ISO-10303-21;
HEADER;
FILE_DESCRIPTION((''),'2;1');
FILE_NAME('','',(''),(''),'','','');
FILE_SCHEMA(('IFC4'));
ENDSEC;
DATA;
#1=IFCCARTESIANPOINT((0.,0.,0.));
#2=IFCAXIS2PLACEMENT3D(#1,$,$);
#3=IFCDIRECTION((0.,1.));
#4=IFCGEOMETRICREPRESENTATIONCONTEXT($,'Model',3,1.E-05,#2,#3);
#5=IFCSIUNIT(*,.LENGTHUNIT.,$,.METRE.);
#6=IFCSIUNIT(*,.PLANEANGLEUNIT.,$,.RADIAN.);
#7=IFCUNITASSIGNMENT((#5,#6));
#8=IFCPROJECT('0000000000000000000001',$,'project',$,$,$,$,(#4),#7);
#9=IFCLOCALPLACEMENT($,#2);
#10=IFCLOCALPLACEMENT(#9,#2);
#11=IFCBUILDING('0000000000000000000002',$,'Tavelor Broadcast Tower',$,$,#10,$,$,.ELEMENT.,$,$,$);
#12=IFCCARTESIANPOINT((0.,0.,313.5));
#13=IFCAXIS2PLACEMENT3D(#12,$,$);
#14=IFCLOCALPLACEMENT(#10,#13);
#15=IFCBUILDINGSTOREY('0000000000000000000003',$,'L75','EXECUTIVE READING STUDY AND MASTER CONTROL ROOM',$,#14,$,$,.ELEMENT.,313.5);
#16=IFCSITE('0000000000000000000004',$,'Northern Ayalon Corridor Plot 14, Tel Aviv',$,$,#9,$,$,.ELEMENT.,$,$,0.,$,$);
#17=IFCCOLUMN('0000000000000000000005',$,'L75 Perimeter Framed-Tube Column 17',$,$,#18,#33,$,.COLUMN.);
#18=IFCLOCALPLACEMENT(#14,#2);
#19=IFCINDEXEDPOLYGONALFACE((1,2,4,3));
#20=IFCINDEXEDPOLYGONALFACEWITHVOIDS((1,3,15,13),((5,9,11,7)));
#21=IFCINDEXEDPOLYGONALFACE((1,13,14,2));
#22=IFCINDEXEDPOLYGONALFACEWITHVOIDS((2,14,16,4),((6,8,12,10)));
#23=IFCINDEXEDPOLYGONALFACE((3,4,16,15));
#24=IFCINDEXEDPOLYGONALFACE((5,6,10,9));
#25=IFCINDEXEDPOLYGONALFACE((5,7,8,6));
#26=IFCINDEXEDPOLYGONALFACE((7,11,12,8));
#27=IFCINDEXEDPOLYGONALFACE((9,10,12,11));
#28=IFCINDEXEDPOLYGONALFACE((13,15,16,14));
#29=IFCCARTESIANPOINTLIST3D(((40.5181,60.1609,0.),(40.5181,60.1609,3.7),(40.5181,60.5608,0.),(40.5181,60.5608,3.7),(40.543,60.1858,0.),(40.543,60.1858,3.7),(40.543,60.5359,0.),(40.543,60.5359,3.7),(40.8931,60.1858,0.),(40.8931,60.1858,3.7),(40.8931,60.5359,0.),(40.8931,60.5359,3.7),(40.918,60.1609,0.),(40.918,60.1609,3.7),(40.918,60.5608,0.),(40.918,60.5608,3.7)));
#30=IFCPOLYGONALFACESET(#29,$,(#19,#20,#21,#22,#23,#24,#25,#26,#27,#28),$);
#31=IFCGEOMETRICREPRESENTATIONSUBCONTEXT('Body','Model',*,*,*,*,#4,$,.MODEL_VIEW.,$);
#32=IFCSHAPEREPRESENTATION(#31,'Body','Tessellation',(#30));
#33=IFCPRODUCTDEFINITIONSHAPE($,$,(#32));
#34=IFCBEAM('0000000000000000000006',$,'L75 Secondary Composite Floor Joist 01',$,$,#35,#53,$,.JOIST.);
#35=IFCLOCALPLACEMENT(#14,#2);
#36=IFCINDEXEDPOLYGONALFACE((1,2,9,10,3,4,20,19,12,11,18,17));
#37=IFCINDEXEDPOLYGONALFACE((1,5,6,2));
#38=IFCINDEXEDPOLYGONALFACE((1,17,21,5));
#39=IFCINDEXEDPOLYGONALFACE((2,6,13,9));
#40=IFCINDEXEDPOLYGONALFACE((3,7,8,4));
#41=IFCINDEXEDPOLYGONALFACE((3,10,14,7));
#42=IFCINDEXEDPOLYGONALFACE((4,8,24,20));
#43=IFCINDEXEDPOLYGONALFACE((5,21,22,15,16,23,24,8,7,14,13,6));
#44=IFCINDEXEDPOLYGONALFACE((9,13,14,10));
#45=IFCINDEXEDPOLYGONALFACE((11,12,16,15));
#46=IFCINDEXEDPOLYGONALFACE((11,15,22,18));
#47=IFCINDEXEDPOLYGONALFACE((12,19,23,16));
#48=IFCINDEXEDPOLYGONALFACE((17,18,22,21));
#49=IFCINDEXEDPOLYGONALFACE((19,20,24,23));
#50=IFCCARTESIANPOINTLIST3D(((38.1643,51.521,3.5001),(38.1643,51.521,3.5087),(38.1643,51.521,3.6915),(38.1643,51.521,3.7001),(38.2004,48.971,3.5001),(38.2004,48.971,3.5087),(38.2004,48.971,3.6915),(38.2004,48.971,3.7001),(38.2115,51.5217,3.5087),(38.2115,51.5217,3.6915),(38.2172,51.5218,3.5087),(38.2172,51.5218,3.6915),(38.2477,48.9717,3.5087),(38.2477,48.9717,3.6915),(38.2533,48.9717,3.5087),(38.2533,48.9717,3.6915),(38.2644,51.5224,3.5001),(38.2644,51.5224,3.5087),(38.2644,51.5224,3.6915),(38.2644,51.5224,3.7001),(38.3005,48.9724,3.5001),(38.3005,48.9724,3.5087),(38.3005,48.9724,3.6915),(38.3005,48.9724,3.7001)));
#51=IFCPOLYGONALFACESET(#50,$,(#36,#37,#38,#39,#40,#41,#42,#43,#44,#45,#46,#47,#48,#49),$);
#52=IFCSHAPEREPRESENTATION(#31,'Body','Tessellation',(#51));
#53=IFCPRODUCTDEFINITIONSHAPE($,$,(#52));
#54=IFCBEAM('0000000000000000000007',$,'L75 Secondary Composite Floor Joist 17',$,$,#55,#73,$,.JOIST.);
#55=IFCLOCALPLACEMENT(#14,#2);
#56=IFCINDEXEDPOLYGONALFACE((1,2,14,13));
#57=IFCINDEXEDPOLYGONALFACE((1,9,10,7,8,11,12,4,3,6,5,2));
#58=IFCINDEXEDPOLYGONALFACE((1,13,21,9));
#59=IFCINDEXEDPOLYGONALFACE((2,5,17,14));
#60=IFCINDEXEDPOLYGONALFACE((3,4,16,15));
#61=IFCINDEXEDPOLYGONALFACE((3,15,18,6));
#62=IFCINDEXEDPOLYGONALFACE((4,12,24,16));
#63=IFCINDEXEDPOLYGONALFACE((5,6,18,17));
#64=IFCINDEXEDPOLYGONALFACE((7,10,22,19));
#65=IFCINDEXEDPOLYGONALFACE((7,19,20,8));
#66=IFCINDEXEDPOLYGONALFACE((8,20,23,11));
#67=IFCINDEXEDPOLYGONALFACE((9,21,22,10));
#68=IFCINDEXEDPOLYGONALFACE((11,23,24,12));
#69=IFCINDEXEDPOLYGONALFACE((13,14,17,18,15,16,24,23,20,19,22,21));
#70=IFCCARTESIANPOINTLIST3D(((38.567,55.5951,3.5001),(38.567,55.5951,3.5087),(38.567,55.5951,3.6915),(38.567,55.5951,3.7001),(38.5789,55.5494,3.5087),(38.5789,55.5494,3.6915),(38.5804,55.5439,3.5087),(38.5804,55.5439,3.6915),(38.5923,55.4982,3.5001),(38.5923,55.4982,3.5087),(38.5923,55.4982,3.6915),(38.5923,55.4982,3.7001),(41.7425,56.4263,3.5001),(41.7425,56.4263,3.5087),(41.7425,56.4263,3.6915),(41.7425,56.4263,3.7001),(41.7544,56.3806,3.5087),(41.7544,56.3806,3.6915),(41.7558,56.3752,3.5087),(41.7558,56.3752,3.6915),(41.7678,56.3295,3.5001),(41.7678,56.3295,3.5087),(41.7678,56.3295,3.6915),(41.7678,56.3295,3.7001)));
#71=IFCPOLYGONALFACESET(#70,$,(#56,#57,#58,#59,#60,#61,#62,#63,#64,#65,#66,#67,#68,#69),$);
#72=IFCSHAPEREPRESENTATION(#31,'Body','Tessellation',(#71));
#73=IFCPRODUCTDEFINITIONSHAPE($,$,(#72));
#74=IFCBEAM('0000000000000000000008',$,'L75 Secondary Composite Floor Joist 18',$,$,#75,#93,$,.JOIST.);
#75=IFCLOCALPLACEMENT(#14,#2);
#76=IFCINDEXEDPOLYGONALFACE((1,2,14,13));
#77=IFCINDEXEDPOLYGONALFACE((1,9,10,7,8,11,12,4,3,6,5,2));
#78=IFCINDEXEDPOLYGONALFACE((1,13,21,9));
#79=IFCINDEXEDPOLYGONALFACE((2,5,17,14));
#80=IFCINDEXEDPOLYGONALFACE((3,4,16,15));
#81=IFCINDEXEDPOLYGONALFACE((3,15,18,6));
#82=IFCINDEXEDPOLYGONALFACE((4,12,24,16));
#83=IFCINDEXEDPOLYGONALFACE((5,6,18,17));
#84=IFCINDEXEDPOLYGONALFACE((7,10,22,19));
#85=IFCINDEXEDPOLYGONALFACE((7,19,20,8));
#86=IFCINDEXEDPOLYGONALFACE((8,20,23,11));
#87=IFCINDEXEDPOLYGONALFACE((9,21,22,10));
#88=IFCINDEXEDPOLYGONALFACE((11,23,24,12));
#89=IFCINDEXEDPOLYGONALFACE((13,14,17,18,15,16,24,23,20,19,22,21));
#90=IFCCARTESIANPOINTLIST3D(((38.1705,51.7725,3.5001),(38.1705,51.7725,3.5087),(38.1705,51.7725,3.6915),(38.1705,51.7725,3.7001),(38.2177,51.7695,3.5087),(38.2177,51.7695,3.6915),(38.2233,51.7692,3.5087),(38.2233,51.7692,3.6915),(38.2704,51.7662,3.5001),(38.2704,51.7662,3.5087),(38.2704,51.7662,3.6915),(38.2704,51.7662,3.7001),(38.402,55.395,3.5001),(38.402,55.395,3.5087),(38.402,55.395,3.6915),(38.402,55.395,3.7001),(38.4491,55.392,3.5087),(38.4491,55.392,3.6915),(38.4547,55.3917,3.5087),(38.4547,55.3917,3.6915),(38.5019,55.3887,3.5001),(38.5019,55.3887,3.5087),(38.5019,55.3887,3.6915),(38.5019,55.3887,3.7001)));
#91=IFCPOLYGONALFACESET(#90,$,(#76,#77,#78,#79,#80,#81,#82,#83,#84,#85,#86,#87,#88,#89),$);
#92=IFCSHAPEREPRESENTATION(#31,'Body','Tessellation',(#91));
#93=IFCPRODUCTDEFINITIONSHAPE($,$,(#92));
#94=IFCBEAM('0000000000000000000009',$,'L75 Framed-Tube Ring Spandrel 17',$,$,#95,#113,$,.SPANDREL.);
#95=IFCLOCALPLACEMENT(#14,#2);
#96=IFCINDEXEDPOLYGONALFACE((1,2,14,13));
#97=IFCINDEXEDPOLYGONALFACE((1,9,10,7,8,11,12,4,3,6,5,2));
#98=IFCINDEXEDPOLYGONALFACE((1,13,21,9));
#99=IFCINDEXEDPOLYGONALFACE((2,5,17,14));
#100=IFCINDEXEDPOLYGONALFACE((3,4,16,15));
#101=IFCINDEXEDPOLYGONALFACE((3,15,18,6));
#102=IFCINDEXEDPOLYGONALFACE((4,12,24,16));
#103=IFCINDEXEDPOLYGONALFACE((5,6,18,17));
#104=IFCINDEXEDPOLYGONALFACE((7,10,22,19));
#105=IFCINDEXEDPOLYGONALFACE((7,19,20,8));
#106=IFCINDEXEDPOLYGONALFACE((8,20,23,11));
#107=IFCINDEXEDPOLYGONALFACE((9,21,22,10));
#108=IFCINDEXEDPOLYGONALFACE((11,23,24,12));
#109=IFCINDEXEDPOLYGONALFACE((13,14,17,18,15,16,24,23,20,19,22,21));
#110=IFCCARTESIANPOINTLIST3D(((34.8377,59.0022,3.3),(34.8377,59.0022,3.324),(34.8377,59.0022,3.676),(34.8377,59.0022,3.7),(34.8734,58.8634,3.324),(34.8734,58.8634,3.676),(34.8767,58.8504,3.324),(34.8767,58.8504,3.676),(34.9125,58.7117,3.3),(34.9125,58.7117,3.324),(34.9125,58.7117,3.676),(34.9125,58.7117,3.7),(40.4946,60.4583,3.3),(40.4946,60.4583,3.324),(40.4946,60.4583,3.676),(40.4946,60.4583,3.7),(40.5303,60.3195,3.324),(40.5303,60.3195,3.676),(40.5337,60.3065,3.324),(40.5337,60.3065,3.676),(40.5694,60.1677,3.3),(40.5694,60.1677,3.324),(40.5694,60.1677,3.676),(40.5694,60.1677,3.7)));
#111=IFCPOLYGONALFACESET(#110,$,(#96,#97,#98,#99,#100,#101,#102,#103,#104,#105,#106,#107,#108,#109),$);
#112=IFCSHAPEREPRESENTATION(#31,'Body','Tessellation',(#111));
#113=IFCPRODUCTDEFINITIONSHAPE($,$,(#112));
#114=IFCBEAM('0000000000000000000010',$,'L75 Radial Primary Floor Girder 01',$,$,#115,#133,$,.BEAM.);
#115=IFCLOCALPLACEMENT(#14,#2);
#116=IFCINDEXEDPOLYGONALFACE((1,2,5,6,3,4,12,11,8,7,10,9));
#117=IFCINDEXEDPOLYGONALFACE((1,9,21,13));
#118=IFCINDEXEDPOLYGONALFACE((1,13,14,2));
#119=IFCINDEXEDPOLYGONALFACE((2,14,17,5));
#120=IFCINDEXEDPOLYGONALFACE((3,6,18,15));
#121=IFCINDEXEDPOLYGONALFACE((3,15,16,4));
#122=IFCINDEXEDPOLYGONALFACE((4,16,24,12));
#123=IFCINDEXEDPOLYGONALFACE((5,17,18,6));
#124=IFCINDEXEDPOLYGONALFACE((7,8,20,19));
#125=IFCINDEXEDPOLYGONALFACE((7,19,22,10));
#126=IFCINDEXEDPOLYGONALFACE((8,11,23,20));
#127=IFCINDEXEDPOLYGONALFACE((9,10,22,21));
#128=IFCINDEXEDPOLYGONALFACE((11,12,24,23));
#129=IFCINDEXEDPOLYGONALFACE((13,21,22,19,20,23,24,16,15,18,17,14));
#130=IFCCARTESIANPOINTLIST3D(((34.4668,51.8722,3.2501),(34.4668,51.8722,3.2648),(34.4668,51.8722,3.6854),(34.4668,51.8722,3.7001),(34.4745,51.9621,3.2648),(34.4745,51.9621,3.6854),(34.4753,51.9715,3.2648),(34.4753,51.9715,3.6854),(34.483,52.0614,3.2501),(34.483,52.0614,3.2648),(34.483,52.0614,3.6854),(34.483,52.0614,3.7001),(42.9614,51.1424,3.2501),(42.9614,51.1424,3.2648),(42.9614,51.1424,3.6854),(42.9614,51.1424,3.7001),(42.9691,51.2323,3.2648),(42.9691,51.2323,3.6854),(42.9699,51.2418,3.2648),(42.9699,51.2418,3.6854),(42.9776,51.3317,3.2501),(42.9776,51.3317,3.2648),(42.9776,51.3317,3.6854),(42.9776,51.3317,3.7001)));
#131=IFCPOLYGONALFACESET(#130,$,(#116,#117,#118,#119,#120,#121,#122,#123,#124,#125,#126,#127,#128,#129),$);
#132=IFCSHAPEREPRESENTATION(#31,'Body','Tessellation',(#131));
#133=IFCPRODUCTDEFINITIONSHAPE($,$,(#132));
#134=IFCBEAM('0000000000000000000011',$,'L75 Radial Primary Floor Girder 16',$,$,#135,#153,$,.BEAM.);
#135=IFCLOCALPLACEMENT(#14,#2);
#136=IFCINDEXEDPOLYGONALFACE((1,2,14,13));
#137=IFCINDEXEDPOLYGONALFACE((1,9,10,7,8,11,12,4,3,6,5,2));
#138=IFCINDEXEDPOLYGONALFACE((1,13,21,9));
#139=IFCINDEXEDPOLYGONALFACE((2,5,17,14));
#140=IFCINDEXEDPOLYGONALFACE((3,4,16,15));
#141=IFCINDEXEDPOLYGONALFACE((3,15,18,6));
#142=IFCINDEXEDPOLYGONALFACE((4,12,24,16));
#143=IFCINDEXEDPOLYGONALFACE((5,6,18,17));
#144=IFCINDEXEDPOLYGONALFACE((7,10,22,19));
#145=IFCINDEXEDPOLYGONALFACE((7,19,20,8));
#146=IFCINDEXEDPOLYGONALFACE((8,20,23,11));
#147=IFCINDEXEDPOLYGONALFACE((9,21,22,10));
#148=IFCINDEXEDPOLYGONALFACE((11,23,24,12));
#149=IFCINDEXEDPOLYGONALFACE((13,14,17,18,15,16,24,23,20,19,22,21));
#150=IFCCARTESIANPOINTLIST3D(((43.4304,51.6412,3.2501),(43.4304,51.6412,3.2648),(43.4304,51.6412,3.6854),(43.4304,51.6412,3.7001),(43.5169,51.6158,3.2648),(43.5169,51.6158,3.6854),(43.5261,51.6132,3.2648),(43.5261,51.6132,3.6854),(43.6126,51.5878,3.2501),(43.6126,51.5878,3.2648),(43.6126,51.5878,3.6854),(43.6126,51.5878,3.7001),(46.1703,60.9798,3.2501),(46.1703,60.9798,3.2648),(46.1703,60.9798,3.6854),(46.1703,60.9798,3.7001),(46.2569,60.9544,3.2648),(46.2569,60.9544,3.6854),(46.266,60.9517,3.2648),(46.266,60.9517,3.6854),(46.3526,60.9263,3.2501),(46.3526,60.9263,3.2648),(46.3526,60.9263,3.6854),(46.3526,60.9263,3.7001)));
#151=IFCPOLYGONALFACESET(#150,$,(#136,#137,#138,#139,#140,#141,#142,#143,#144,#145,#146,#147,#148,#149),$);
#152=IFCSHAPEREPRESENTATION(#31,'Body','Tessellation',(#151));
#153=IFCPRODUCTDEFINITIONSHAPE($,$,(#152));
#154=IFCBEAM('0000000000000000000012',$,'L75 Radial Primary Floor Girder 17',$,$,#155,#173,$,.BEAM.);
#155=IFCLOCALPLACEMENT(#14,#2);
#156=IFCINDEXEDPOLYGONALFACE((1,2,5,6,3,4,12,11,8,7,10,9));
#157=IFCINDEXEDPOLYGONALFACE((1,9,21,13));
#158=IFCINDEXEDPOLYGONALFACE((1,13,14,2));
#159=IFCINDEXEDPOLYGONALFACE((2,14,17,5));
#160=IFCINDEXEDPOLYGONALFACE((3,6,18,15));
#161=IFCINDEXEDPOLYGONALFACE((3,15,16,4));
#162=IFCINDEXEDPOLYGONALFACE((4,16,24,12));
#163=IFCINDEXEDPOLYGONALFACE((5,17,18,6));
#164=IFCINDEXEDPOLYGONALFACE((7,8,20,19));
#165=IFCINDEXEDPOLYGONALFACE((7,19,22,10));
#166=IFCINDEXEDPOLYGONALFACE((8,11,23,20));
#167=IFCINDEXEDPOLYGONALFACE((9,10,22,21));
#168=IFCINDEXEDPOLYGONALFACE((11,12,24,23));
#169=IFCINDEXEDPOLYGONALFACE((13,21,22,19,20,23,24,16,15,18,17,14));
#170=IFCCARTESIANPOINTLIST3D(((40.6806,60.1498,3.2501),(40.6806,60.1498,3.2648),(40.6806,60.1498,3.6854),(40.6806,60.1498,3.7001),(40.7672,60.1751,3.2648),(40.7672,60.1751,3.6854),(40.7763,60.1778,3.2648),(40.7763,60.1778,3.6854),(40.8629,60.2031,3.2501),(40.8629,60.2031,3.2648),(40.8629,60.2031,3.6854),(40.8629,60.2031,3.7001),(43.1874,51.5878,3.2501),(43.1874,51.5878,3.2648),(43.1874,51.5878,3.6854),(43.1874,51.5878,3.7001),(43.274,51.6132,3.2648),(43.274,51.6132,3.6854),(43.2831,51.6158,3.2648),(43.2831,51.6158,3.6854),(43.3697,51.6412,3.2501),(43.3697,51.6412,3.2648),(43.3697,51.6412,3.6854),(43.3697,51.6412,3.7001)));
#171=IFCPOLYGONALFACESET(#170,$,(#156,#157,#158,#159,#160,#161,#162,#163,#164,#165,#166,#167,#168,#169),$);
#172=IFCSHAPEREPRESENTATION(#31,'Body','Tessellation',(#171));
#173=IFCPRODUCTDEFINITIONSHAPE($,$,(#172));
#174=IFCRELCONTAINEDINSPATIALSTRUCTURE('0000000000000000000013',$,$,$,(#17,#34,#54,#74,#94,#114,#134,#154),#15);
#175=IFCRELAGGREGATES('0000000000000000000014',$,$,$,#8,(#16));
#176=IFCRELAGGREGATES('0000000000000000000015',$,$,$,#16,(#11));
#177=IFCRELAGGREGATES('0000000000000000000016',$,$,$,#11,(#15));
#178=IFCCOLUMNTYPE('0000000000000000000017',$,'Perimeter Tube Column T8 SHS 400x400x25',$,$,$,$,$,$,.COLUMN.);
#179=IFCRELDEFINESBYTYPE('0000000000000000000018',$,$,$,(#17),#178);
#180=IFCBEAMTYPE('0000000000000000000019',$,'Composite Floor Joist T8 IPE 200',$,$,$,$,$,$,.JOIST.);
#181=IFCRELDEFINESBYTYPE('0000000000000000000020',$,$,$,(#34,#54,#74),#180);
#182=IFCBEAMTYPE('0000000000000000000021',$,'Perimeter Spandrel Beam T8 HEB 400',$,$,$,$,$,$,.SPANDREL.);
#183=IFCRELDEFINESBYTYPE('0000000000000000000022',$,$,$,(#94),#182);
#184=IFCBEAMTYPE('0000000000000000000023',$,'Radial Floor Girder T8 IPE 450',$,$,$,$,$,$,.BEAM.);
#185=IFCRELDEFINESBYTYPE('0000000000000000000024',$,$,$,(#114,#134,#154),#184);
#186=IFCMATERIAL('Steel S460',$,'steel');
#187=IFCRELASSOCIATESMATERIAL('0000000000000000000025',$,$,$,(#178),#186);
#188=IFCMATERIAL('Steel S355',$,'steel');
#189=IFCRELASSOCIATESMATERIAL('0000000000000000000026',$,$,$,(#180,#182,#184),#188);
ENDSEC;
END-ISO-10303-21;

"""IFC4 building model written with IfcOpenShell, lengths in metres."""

from ifc_helpers import new_model, si_unit, direction, frame, origin, origin_2d, place, context, subcontext, project, spatial, hollow_rectangle, i_section, extrude, material, material_profile, profile_set, type_object, element, save


model = new_model("IFC4")

# Units and contexts
model_context = context("Model", 3, precision=1e-05, world=origin(), true_north=direction((0.0, 1.0)))
body_context = subcontext(model_context, "Body", "Model", "MODEL_VIEW")
ifc_project = project(units=[si_unit("LENGTHUNIT", "METRE"), si_unit("PLANEANGLEUNIT", "RADIAN")], contexts=[model_context])

# Site, building, storey
site_placement = place(None, origin())
site = spatial("IfcSite", under=ifc_project, at=site_placement, Name="Northern Ayalon Corridor Plot 14, Tel Aviv", CompositionType="ELEMENT", RefElevation=0.0)
building_placement = place(site_placement, origin())
building = spatial("IfcBuilding", under=site, at=building_placement, Name="Tavelor Broadcast Tower", CompositionType="ELEMENT")
storey_placement = place(building_placement, frame((0.0, 0.0, 313.5)))
storey = spatial("IfcBuildingStorey", under=building, at=storey_placement, Name="L75", Description="EXECUTIVE READING STUDY AND MASTER CONTROL ROOM", CompositionType="ELEMENT", Elevation=313.5)

# Column
ifc_material_1 = material(Name="Steel S460", Category="steel")
ifc_material_profile_1 = material_profile(ifc_material_1, hollow_rectangle(XDim=0.3999, YDim=0.3999, WallThickness=0.0249, at=origin_2d()), Name="SHS 400x400x25")
ifc_profile_set_1 = profile_set([ifc_material_profile_1], Name="Steel S460")
column_type = type_object("IfcColumnType", Name="Perimeter Tube Column T8 SHS 400x400x25", PredefinedType="COLUMN", material=ifc_profile_set_1)
column_placement = place(storey_placement, frame((40.718, 60.3608, 0.0), z_axis=(0.0, 0.0, 1.0), x_axis=(1.0, 0.0, 0.0)))
element("IfcColumn", 1, at=column_placement, inside=storey, type_object=column_type, Name="L75 Perimeter Framed-Tube Column 17", PredefinedType="COLUMN", context=body_context, shape_type="SweptSolid", body=[
    extrude(hollow_rectangle(XDim=0.3999, YDim=0.3999, WallThickness=0.0249, at=origin_2d()), origin(), (0.0, 0.0, 1.0), 3.7),
])

# Beams
ifc_material_2 = material(Name="Steel S355", Category="steel")
ifc_material_profile_2 = material_profile(ifc_material_2, i_section(OverallWidth=0.1001, OverallDepth=0.2, WebThickness=0.0056, FlangeThickness=0.0085, at=origin_2d()), Name="IPE 200")
ifc_profile_set_2 = profile_set([ifc_material_profile_2], Name="Steel S355")
beam_type_1 = type_object("IfcBeamType", Name="Composite Floor Joist T8 IPE 200", PredefinedType="JOIST", material=ifc_profile_set_2)
beam_1_placement = place(storey_placement, frame((38.2144, 51.5217, 3.6001), z_axis=(0.014168, -0.9999, 0.0), x_axis=(0.9999, 0.014168, 0.0)))
element("IfcBeam", 2, at=beam_1_placement, inside=storey, type_object=beam_type_1, Name="L75 Secondary Composite Floor Joist 01", PredefinedType="JOIST", context=body_context, shape_type="SweptSolid", body=[
    extrude(i_section(OverallWidth=0.1001, OverallDepth=0.2, WebThickness=0.0056, FlangeThickness=0.0085, at=origin_2d()), origin(), (0.0, 0.0, 1.0), 2.5503),
])
beam_2_placement = place(storey_placement, frame((41.7551, 56.3779, 3.6001), z_axis=(-0.967401, -0.253248, 0.0), x_axis=(0.253248, -0.967401, 0.0)))
element("IfcBeam", 3, at=beam_2_placement, inside=storey, type_object=beam_type_1, Name="L75 Secondary Composite Floor Joist 17", PredefinedType="JOIST", context=body_context, shape_type="SweptSolid", body=[
    extrude(i_section(OverallWidth=0.1001, OverallDepth=0.2, WebThickness=0.0056, FlangeThickness=0.0085, at=origin_2d()), origin(), (0.0, 0.0, 1.0), 3.2825),
])
beam_3_placement = place(storey_placement, frame((38.4519, 55.3918, 3.6001), z_axis=(-0.06376, -0.997965, 0.0), x_axis=(0.997965, -0.06376, 0.0)))
element("IfcBeam", 4, at=beam_3_placement, inside=storey, type_object=beam_type_1, Name="L75 Secondary Composite Floor Joist 18", PredefinedType="JOIST", context=body_context, shape_type="SweptSolid", body=[
    extrude(i_section(OverallWidth=0.1001, OverallDepth=0.2, WebThickness=0.0056, FlangeThickness=0.0085, at=origin_2d()), origin(), (0.0, 0.0, 1.0), 3.6299),
])
ifc_material_profile_3 = material_profile(ifc_material_2, i_section(OverallWidth=0.3, OverallDepth=0.3999, WebThickness=0.0134, FlangeThickness=0.0239, at=origin_2d()), Name="HEB 400")
ifc_profile_set_3 = profile_set([ifc_material_profile_3], Name="Steel S355")
beam_type_2 = type_object("IfcBeamType", Name="Perimeter Spandrel Beam T8 HEB 400", PredefinedType="SPANDREL", material=ifc_profile_set_3)
beam_4_placement = place(storey_placement, frame((40.532, 60.313, 3.5), z_axis=(-0.968435, -0.249266, 0.0), x_axis=(0.249266, -0.968435, 0.0)))
element("IfcBeam", 5, at=beam_4_placement, inside=storey, type_object=beam_type_2, Name="L75 Framed-Tube Ring Spandrel 17", PredefinedType="SPANDREL", context=body_context, shape_type="SweptSolid", body=[
    extrude(i_section(OverallWidth=0.3, OverallDepth=0.3999, WebThickness=0.0134, FlangeThickness=0.0239, at=origin_2d()), origin(), (0.0, 0.0, 1.0), 5.8413),
])
ifc_material_profile_4 = material_profile(ifc_material_2, i_section(OverallWidth=0.1899, OverallDepth=0.45, WebThickness=0.0095, FlangeThickness=0.0146, at=origin_2d()), Name="IPE 450")
ifc_profile_set_4 = profile_set([ifc_material_profile_4], Name="Steel S355")
beam_type_3 = type_object("IfcBeamType", Name="Radial Floor Girder T8 IPE 450", PredefinedType="BEAM", material=ifc_profile_set_4)
beam_5_placement = place(storey_placement, frame((42.9695, 51.2371, 3.4751), z_axis=(-0.99633, 0.08559, 0.0), x_axis=(-0.08559, -0.99633, 0.0)))
element("IfcBeam", 6, at=beam_5_placement, inside=storey, type_object=beam_type_3, Name="L75 Radial Primary Floor Girder 01", PredefinedType="BEAM", context=body_context, shape_type="SweptSolid", body=[
    extrude(i_section(OverallWidth=0.1899, OverallDepth=0.45, WebThickness=0.0095, FlangeThickness=0.0146, at=origin_2d()), origin(), (0.0, 0.0, 1.0), 8.5259),
])
beam_6_placement = place(storey_placement, frame((43.5215, 51.6145, 3.4751), z_axis=(0.281536, 0.959551, 0.0), x_axis=(-0.959551, 0.281536, 0.0)))
element("IfcBeam", 7, at=beam_6_placement, inside=storey, type_object=beam_type_3, Name="L75 Radial Primary Floor Girder 16", PredefinedType="BEAM", context=body_context, shape_type="SweptSolid", body=[
    extrude(i_section(OverallWidth=0.1899, OverallDepth=0.45, WebThickness=0.0095, FlangeThickness=0.0146, at=origin_2d()), origin(), (0.0, 0.0, 1.0), 9.7322),
])
beam_7_placement = place(storey_placement, frame((43.2786, 51.6145, 3.4751), z_axis=(-0.28099, 0.959711, 0.0), x_axis=(-0.959711, -0.28099, 0.0)))
element("IfcBeam", 8, at=beam_7_placement, inside=storey, type_object=beam_type_3, Name="L75 Radial Primary Floor Girder 17", PredefinedType="BEAM", context=body_context, shape_type="SweptSolid", body=[
    extrude(i_section(OverallWidth=0.1899, OverallDepth=0.45, WebThickness=0.0095, FlangeThickness=0.0146, at=origin_2d()), origin(), (0.0, 0.0, 1.0), 8.9214),
])

save(model, "model.ifc")
